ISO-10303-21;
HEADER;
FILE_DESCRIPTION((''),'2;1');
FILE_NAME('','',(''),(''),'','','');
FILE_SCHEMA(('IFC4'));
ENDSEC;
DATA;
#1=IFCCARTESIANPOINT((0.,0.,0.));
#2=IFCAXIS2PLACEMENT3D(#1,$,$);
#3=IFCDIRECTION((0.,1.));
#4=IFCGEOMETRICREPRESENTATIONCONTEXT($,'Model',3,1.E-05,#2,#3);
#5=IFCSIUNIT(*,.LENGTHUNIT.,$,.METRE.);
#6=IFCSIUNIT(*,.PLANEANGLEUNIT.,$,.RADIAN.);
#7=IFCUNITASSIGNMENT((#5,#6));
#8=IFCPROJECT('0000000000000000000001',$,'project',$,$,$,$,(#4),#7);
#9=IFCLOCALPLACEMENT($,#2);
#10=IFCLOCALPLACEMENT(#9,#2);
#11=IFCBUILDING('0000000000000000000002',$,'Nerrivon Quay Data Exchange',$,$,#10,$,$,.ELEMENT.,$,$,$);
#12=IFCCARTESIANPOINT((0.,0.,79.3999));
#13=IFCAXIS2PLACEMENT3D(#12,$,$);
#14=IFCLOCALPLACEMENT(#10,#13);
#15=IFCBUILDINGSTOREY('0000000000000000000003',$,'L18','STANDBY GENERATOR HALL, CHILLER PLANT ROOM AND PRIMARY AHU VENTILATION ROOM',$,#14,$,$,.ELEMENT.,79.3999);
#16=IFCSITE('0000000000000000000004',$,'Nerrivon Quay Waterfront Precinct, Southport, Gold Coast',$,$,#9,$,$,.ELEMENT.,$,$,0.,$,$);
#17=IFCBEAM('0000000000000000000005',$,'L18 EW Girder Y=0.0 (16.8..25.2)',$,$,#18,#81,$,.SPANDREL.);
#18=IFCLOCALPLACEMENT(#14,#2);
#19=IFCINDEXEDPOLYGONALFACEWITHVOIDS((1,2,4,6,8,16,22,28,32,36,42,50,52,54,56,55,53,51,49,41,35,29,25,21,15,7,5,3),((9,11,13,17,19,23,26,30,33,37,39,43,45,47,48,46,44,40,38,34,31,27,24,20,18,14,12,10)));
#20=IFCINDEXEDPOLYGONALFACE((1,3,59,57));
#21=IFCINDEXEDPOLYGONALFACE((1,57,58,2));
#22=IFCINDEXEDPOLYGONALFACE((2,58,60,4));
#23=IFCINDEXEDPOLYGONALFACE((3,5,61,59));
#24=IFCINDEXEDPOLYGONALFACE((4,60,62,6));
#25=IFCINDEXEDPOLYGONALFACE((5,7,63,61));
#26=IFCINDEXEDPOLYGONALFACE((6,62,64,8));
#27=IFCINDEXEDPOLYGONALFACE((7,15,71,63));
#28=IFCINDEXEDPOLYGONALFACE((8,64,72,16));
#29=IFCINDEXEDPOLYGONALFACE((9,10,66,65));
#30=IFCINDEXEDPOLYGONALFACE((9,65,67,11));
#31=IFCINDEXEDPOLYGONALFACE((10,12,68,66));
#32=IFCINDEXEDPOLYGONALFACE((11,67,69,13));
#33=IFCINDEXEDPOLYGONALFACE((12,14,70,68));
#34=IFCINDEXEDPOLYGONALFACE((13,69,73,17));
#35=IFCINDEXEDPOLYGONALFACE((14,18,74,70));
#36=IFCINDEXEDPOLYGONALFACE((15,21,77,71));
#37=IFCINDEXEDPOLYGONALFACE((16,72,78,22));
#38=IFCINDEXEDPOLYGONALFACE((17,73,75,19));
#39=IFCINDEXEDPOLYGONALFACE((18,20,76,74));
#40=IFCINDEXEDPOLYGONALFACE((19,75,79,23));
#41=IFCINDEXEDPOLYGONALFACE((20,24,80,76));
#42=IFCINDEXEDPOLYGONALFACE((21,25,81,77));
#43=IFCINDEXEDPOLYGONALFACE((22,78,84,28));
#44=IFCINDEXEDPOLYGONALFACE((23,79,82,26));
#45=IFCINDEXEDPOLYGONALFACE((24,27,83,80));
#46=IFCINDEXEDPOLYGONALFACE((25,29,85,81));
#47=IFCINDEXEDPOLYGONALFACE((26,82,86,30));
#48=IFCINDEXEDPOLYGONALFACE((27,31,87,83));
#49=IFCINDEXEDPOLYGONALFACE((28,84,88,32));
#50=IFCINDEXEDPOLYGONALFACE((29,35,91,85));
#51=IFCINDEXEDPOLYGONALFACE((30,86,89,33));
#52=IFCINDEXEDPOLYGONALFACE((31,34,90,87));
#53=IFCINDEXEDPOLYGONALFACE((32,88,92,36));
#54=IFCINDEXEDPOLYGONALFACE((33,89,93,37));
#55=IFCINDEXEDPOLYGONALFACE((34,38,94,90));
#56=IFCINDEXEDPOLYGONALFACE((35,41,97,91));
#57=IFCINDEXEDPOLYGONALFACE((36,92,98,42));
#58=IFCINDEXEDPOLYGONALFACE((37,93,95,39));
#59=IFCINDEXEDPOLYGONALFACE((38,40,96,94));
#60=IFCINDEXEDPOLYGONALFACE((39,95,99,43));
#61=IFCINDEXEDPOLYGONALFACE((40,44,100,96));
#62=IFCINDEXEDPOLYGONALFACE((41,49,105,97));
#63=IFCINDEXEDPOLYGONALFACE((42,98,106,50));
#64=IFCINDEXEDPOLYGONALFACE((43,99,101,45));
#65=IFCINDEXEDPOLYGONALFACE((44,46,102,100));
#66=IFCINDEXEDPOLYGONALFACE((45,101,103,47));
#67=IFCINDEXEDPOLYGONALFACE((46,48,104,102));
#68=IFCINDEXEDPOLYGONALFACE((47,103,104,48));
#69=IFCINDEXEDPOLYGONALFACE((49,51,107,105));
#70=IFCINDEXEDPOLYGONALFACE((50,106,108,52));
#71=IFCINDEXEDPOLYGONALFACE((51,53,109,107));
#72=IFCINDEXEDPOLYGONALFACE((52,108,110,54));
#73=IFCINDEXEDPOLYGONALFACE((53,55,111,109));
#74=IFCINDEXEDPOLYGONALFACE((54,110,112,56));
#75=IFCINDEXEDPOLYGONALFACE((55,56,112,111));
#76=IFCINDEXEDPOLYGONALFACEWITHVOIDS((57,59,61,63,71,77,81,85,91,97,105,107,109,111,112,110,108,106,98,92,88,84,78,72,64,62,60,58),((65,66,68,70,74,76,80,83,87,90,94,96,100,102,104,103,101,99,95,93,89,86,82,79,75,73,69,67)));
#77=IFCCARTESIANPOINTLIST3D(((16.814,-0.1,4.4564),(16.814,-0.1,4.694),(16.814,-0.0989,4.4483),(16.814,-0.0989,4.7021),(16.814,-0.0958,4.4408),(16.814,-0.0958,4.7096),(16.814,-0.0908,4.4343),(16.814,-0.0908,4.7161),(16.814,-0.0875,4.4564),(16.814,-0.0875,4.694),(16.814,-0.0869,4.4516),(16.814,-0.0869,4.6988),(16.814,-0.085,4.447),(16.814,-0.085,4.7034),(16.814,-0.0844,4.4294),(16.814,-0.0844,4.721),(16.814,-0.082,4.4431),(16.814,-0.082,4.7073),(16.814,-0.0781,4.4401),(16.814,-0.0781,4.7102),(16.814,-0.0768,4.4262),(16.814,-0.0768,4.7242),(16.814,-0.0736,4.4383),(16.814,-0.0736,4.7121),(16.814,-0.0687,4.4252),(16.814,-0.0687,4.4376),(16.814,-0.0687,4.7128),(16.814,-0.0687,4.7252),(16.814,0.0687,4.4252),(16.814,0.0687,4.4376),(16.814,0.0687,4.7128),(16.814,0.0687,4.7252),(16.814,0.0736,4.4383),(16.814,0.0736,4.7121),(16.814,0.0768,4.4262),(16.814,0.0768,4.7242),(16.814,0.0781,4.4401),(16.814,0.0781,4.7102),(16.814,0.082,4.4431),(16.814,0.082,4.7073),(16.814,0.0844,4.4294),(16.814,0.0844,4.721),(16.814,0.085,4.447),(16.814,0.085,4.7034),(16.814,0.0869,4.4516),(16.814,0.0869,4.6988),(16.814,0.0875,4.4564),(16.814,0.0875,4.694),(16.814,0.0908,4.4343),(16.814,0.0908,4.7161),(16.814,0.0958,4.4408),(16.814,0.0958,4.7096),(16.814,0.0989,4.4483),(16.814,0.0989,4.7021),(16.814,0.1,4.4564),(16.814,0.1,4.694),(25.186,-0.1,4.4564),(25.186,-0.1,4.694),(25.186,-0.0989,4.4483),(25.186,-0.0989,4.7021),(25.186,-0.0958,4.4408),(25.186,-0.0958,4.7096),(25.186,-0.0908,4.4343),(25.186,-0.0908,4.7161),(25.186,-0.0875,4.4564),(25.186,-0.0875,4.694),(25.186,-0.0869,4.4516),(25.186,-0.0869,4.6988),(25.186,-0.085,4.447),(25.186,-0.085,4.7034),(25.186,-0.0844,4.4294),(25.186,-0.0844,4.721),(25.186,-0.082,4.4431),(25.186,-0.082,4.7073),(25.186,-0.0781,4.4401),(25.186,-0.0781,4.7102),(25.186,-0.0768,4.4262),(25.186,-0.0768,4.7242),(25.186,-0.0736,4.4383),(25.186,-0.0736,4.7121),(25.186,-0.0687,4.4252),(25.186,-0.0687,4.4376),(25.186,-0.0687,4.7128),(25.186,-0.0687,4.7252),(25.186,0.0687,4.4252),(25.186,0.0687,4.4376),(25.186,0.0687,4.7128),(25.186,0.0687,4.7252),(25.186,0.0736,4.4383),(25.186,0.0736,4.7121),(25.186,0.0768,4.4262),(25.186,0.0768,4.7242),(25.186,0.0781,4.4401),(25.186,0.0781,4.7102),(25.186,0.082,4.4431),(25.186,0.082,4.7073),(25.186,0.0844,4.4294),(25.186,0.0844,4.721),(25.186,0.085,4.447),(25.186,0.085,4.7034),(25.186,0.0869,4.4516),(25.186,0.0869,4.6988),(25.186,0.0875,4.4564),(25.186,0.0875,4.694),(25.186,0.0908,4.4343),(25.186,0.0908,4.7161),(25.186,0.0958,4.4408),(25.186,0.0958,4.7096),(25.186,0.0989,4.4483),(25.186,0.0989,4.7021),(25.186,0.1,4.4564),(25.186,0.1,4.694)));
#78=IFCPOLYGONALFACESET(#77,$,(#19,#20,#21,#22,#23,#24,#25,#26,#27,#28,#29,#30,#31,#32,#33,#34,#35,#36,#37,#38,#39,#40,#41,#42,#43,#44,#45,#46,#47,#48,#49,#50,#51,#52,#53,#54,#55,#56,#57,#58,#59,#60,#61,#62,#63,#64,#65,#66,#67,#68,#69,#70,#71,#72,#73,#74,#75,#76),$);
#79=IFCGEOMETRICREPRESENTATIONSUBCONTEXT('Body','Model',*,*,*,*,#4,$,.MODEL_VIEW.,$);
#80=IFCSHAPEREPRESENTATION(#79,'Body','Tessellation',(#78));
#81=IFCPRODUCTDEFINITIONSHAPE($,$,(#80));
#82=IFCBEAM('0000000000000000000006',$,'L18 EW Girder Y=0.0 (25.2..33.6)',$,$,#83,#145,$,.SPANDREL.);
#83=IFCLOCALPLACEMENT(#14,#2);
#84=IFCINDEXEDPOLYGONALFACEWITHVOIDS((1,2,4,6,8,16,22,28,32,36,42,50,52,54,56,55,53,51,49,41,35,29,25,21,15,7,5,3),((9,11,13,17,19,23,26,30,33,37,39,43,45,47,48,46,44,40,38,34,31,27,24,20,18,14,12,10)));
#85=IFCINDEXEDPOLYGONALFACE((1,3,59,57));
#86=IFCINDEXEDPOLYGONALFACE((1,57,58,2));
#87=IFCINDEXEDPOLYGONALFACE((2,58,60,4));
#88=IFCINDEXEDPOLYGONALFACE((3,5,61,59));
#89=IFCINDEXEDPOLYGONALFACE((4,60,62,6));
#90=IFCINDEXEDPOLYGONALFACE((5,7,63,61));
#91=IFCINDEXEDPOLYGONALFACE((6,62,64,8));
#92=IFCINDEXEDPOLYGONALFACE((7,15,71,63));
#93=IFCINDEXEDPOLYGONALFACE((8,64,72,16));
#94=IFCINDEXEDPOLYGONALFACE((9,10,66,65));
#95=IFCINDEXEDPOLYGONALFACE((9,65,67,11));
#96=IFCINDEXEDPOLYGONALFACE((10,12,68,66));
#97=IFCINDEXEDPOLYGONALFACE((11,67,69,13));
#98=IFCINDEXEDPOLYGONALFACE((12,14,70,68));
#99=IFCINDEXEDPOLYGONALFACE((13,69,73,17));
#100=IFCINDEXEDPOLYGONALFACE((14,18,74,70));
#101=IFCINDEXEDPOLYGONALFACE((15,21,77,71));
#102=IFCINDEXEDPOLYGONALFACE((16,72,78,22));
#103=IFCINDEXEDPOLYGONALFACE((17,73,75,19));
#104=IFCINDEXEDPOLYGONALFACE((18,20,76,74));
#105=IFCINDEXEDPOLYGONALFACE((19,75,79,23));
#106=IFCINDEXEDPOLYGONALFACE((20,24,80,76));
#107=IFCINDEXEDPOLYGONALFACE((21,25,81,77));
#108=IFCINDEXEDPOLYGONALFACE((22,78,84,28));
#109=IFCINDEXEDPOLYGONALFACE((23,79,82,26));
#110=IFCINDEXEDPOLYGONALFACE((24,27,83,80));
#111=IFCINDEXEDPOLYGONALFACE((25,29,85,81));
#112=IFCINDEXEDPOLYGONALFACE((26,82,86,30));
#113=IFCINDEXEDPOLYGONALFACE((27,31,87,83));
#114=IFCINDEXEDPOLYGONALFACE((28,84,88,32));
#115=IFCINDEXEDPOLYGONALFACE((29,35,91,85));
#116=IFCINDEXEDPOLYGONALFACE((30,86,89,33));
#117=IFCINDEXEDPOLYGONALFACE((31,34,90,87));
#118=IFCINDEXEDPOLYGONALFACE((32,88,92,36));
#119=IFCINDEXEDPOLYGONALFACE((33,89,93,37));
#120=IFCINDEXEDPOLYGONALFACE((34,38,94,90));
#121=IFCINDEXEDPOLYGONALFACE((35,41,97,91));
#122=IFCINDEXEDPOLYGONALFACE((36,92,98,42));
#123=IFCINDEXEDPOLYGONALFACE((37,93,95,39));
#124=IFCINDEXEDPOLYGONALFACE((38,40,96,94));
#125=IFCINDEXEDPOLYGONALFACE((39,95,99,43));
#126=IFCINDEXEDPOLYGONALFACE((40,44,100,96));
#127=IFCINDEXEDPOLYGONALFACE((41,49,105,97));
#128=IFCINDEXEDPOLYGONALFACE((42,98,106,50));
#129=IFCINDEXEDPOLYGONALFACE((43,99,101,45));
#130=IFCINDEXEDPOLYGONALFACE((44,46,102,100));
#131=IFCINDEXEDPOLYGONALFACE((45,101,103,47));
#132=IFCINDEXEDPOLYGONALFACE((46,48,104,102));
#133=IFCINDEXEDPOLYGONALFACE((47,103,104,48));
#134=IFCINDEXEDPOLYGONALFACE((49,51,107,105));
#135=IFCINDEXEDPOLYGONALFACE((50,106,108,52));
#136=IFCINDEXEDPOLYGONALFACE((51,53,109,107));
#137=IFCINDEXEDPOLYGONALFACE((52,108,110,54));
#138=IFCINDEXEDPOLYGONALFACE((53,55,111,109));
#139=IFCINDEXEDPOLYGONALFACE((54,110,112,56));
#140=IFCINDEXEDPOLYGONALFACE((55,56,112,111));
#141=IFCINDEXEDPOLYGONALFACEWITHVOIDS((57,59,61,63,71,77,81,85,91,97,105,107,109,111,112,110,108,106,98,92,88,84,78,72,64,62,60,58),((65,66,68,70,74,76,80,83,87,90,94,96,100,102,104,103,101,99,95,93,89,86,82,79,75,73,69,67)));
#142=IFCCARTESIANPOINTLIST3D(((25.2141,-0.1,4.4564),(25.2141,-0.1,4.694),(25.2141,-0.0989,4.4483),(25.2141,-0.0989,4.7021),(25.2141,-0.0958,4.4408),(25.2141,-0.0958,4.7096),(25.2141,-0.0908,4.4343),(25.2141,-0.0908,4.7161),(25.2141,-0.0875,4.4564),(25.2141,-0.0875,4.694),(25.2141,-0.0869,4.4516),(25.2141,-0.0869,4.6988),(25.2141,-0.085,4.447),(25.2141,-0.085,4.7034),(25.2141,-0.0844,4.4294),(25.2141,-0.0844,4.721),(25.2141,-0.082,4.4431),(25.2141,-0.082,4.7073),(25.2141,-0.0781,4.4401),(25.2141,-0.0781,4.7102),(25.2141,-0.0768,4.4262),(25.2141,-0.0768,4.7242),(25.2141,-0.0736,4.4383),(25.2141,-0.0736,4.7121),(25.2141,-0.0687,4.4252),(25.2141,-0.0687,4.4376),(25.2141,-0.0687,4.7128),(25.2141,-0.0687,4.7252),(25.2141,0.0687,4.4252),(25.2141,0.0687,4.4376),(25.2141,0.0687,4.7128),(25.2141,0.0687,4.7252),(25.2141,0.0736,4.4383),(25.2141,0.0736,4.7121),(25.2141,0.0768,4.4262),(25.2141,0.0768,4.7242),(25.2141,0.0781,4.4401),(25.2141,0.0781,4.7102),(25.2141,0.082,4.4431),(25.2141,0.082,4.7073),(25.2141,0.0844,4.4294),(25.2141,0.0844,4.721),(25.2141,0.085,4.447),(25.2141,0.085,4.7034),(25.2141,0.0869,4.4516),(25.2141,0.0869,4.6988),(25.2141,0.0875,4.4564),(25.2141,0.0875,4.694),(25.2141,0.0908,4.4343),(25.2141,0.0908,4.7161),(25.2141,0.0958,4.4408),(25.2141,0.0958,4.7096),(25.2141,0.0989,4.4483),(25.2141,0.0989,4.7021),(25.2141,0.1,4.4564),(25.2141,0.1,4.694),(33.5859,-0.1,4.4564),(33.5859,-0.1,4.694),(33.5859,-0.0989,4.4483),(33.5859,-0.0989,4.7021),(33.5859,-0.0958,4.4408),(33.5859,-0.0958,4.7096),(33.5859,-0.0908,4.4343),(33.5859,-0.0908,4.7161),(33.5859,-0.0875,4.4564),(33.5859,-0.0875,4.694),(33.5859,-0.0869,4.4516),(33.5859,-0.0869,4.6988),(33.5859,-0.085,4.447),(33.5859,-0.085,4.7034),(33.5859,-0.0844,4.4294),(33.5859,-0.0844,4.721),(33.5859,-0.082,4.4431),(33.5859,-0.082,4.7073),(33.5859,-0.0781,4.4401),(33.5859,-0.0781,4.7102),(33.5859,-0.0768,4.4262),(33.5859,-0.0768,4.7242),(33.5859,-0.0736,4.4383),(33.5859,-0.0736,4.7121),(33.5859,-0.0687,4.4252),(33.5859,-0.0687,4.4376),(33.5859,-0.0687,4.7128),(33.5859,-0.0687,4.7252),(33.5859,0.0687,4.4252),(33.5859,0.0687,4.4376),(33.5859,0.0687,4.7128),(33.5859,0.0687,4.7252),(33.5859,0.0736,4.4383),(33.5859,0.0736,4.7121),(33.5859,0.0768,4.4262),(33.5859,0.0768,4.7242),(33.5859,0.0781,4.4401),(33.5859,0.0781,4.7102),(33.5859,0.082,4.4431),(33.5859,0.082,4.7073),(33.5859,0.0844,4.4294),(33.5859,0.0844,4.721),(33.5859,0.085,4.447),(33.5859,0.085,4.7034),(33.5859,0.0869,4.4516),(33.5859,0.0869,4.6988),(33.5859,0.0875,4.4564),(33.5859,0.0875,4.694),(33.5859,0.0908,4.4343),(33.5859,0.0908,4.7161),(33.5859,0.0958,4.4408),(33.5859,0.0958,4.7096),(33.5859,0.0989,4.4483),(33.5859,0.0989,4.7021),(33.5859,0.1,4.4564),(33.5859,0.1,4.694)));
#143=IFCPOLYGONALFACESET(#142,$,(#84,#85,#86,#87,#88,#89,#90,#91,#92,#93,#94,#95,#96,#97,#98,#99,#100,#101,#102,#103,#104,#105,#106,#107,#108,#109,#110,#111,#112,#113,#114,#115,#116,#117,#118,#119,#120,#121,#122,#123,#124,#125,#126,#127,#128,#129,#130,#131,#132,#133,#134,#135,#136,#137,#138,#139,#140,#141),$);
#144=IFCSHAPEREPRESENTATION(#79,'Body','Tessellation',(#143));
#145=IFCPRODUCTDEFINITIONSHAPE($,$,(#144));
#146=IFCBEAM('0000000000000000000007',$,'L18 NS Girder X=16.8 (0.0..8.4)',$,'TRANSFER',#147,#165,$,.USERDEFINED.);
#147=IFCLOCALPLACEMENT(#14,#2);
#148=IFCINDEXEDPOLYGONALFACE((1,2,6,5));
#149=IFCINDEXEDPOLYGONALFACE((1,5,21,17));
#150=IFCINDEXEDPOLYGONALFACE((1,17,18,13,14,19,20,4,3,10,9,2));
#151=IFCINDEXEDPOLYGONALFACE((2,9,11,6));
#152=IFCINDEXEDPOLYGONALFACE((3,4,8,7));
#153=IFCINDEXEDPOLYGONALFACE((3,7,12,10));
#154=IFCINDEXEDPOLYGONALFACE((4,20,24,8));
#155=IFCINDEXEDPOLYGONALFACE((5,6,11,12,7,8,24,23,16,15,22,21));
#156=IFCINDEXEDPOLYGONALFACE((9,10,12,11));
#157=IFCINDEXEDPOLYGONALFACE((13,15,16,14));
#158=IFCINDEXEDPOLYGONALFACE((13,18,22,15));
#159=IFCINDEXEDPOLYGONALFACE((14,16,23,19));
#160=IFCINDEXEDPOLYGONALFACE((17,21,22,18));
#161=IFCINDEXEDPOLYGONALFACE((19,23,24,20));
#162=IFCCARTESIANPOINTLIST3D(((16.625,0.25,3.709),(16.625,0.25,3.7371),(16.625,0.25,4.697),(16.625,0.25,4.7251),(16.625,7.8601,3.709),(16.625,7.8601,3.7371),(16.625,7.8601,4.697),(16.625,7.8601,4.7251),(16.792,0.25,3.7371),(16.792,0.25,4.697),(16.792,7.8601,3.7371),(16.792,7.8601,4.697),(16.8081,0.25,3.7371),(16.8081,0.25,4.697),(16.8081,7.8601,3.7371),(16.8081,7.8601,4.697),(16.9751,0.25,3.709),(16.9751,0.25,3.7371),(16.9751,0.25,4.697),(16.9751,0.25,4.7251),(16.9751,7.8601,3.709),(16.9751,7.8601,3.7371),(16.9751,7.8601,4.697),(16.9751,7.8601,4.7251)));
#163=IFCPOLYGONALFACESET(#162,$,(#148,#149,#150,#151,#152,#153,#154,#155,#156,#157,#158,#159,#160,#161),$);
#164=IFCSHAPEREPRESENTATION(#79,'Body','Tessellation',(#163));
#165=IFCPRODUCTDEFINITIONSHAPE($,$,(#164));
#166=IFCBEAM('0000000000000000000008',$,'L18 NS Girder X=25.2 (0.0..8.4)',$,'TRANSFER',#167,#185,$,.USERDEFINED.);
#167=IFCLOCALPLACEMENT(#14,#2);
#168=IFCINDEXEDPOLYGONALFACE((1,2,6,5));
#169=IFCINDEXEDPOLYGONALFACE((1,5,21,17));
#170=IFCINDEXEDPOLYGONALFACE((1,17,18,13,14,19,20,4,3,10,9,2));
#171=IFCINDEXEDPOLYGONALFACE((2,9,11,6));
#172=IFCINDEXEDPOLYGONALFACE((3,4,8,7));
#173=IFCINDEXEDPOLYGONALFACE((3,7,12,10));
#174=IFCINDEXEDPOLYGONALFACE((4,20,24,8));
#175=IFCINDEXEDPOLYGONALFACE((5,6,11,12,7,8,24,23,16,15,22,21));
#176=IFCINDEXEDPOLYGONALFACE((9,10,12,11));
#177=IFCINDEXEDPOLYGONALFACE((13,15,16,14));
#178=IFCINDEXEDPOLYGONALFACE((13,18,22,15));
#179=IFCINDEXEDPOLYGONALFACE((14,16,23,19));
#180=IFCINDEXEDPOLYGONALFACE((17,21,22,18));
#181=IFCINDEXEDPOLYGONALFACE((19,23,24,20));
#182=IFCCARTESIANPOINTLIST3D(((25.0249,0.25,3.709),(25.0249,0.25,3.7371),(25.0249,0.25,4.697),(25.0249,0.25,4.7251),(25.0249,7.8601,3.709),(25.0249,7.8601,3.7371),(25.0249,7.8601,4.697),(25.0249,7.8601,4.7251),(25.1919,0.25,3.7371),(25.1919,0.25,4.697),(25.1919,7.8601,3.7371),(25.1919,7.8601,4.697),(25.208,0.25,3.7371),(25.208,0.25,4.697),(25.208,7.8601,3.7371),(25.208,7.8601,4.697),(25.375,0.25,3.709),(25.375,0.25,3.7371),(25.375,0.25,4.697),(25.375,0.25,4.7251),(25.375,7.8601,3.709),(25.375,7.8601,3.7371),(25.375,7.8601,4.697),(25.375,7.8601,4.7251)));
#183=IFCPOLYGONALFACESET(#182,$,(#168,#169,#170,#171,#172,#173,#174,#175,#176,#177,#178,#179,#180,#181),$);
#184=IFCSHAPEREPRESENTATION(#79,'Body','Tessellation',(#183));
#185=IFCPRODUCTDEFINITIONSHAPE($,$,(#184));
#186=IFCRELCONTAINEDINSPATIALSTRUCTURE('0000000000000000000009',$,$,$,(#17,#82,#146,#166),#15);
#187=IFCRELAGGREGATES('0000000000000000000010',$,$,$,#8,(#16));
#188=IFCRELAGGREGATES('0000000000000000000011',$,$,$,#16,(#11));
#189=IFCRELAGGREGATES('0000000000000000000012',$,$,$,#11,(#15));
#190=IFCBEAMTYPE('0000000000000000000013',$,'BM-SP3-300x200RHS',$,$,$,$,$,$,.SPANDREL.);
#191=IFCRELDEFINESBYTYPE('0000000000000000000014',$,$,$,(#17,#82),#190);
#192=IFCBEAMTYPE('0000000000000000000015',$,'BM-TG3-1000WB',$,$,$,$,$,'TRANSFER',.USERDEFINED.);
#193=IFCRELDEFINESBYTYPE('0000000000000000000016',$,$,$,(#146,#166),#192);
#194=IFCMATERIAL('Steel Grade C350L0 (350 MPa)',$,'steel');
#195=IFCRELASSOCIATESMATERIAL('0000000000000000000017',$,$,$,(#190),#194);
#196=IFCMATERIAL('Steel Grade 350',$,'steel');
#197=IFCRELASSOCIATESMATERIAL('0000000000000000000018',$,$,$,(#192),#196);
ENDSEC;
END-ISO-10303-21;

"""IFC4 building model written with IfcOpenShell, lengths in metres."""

from ifc_helpers import new_model, si_unit, direction, frame, origin, origin_2d, place, context, subcontext, project, spatial, hollow_rectangle, i_section, extrude, material, material_profile, profile_set, type_object, element, save


model = new_model("IFC4")

# Units and contexts
model_context = context("Model", 3, precision=1e-05, world=origin(), true_north=direction((0.0, 1.0)))
body_context = subcontext(model_context, "Body", "Model", "MODEL_VIEW")
ifc_project = project(units=[si_unit("LENGTHUNIT", "METRE"), si_unit("PLANEANGLEUNIT", "RADIAN")], contexts=[model_context])

# Site, building, storey
site_placement = place(None, origin())
site = spatial("IfcSite", under=ifc_project, at=site_placement, Name="Nerrivon Quay Waterfront Precinct, Southport, Gold Coast", CompositionType="ELEMENT", RefElevation=0.0)
building_placement = place(site_placement, origin())
building = spatial("IfcBuilding", under=site, at=building_placement, Name="Nerrivon Quay Data Exchange", CompositionType="ELEMENT")
storey_placement = place(building_placement, frame((0.0, 0.0, 79.3999)))
storey = spatial("IfcBuildingStorey", under=building, at=storey_placement, Name="L18", Description="STANDBY GENERATOR HALL, CHILLER PLANT ROOM AND PRIMARY AHU VENTILATION ROOM", CompositionType="ELEMENT", Elevation=79.3999)

# Shared definitions
ifc_material_1 = material(Name="Steel Grade 350", Category="steel")

# Beams
ifc_material_2 = material(Name="Steel Grade C350L0 (350 MPa)", Category="steel")
ifc_material_profile_1 = material_profile(ifc_material_2, hollow_rectangle(XDim=0.2, YDim=0.3, WallThickness=0.0125, InnerFilletRadius=0.0188, OuterFilletRadius=0.0312, at=origin_2d()), Name="300x200x12.5RHS")
ifc_profile_set_1 = profile_set([ifc_material_profile_1], Name="Steel Grade C350L0 (350 MPa)")
beam_type_1 = type_object("IfcBeamType", Name="BM-SP3-300x200RHS", PredefinedType="SPANDREL", material=ifc_profile_set_1)
beam_1_placement = place(storey_placement, frame((16.814, 0.0, 4.5752), z_axis=(1.0, 0.0, 0.0), x_axis=(0.0, 1.0, 0.0)))
element("IfcBeam", 1, at=beam_1_placement, inside=storey, type_object=beam_type_1, Name="L18 EW Girder Y=0.0 (16.8..25.2)", PredefinedType="SPANDREL", context=body_context, shape_type="SweptSolid", body=[
    extrude(hollow_rectangle(XDim=0.2, YDim=0.3, WallThickness=0.0125, InnerFilletRadius=0.0188, OuterFilletRadius=0.0312, at=origin_2d()), origin(), (0.0, 0.0, 1.0), 8.3721),
])
beam_2_placement = place(storey_placement, frame((25.2141, 0.0, 4.5752), z_axis=(1.0, 0.0, 0.0), x_axis=(0.0, 1.0, 0.0)))
element("IfcBeam", 2, at=beam_2_placement, inside=storey, type_object=beam_type_1, Name="L18 EW Girder Y=0.0 (25.2..33.6)", PredefinedType="SPANDREL", context=body_context, shape_type="SweptSolid", body=[
    extrude(hollow_rectangle(XDim=0.2, YDim=0.3, WallThickness=0.0125, InnerFilletRadius=0.0188, OuterFilletRadius=0.0312, at=origin_2d()), origin(), (0.0, 0.0, 1.0), 8.3718),
])
ifc_material_profile_2 = material_profile(ifc_material_1, i_section(OverallWidth=0.3501, OverallDepth=1.0161, WebThickness=0.0161, FlangeThickness=0.0281, at=origin_2d()), Name="1000WB258")
ifc_profile_set_2 = profile_set([ifc_material_profile_2], Name="Steel Grade 350")
beam_type_2 = type_object("IfcBeamType", Name="BM-TG3-1000WB", ElementType="TRANSFER", PredefinedType="USERDEFINED", material=ifc_profile_set_2)
for number, where, z_axis, x_axis, name in (
    (3, (16.8, 0.25, 4.217), (0.0, 1.0, 0.0), (-1.0, 0.0, 0.0), "L18 NS Girder X=16.8 (0.0..8.4)"),
    (4, (25.2, 0.25, 4.217), (0.0, 1.0, 0.0), (-1.0, 0.0, 0.0), "L18 NS Girder X=25.2 (0.0..8.4)"),
):
    element("IfcBeam", number, at=place(storey_placement, frame(where, z_axis=z_axis, x_axis=x_axis)), inside=storey, type_object=beam_type_2, Name=name, ObjectType="TRANSFER", PredefinedType="USERDEFINED", context=body_context, shape_type="SweptSolid", body=[
        extrude(i_section(OverallWidth=0.3501, OverallDepth=1.0161, WebThickness=0.0161, FlangeThickness=0.0281, at=origin_2d()), origin(), (0.0, 0.0, 1.0), 7.6101),
    ])

save(model, "model.ifc")
